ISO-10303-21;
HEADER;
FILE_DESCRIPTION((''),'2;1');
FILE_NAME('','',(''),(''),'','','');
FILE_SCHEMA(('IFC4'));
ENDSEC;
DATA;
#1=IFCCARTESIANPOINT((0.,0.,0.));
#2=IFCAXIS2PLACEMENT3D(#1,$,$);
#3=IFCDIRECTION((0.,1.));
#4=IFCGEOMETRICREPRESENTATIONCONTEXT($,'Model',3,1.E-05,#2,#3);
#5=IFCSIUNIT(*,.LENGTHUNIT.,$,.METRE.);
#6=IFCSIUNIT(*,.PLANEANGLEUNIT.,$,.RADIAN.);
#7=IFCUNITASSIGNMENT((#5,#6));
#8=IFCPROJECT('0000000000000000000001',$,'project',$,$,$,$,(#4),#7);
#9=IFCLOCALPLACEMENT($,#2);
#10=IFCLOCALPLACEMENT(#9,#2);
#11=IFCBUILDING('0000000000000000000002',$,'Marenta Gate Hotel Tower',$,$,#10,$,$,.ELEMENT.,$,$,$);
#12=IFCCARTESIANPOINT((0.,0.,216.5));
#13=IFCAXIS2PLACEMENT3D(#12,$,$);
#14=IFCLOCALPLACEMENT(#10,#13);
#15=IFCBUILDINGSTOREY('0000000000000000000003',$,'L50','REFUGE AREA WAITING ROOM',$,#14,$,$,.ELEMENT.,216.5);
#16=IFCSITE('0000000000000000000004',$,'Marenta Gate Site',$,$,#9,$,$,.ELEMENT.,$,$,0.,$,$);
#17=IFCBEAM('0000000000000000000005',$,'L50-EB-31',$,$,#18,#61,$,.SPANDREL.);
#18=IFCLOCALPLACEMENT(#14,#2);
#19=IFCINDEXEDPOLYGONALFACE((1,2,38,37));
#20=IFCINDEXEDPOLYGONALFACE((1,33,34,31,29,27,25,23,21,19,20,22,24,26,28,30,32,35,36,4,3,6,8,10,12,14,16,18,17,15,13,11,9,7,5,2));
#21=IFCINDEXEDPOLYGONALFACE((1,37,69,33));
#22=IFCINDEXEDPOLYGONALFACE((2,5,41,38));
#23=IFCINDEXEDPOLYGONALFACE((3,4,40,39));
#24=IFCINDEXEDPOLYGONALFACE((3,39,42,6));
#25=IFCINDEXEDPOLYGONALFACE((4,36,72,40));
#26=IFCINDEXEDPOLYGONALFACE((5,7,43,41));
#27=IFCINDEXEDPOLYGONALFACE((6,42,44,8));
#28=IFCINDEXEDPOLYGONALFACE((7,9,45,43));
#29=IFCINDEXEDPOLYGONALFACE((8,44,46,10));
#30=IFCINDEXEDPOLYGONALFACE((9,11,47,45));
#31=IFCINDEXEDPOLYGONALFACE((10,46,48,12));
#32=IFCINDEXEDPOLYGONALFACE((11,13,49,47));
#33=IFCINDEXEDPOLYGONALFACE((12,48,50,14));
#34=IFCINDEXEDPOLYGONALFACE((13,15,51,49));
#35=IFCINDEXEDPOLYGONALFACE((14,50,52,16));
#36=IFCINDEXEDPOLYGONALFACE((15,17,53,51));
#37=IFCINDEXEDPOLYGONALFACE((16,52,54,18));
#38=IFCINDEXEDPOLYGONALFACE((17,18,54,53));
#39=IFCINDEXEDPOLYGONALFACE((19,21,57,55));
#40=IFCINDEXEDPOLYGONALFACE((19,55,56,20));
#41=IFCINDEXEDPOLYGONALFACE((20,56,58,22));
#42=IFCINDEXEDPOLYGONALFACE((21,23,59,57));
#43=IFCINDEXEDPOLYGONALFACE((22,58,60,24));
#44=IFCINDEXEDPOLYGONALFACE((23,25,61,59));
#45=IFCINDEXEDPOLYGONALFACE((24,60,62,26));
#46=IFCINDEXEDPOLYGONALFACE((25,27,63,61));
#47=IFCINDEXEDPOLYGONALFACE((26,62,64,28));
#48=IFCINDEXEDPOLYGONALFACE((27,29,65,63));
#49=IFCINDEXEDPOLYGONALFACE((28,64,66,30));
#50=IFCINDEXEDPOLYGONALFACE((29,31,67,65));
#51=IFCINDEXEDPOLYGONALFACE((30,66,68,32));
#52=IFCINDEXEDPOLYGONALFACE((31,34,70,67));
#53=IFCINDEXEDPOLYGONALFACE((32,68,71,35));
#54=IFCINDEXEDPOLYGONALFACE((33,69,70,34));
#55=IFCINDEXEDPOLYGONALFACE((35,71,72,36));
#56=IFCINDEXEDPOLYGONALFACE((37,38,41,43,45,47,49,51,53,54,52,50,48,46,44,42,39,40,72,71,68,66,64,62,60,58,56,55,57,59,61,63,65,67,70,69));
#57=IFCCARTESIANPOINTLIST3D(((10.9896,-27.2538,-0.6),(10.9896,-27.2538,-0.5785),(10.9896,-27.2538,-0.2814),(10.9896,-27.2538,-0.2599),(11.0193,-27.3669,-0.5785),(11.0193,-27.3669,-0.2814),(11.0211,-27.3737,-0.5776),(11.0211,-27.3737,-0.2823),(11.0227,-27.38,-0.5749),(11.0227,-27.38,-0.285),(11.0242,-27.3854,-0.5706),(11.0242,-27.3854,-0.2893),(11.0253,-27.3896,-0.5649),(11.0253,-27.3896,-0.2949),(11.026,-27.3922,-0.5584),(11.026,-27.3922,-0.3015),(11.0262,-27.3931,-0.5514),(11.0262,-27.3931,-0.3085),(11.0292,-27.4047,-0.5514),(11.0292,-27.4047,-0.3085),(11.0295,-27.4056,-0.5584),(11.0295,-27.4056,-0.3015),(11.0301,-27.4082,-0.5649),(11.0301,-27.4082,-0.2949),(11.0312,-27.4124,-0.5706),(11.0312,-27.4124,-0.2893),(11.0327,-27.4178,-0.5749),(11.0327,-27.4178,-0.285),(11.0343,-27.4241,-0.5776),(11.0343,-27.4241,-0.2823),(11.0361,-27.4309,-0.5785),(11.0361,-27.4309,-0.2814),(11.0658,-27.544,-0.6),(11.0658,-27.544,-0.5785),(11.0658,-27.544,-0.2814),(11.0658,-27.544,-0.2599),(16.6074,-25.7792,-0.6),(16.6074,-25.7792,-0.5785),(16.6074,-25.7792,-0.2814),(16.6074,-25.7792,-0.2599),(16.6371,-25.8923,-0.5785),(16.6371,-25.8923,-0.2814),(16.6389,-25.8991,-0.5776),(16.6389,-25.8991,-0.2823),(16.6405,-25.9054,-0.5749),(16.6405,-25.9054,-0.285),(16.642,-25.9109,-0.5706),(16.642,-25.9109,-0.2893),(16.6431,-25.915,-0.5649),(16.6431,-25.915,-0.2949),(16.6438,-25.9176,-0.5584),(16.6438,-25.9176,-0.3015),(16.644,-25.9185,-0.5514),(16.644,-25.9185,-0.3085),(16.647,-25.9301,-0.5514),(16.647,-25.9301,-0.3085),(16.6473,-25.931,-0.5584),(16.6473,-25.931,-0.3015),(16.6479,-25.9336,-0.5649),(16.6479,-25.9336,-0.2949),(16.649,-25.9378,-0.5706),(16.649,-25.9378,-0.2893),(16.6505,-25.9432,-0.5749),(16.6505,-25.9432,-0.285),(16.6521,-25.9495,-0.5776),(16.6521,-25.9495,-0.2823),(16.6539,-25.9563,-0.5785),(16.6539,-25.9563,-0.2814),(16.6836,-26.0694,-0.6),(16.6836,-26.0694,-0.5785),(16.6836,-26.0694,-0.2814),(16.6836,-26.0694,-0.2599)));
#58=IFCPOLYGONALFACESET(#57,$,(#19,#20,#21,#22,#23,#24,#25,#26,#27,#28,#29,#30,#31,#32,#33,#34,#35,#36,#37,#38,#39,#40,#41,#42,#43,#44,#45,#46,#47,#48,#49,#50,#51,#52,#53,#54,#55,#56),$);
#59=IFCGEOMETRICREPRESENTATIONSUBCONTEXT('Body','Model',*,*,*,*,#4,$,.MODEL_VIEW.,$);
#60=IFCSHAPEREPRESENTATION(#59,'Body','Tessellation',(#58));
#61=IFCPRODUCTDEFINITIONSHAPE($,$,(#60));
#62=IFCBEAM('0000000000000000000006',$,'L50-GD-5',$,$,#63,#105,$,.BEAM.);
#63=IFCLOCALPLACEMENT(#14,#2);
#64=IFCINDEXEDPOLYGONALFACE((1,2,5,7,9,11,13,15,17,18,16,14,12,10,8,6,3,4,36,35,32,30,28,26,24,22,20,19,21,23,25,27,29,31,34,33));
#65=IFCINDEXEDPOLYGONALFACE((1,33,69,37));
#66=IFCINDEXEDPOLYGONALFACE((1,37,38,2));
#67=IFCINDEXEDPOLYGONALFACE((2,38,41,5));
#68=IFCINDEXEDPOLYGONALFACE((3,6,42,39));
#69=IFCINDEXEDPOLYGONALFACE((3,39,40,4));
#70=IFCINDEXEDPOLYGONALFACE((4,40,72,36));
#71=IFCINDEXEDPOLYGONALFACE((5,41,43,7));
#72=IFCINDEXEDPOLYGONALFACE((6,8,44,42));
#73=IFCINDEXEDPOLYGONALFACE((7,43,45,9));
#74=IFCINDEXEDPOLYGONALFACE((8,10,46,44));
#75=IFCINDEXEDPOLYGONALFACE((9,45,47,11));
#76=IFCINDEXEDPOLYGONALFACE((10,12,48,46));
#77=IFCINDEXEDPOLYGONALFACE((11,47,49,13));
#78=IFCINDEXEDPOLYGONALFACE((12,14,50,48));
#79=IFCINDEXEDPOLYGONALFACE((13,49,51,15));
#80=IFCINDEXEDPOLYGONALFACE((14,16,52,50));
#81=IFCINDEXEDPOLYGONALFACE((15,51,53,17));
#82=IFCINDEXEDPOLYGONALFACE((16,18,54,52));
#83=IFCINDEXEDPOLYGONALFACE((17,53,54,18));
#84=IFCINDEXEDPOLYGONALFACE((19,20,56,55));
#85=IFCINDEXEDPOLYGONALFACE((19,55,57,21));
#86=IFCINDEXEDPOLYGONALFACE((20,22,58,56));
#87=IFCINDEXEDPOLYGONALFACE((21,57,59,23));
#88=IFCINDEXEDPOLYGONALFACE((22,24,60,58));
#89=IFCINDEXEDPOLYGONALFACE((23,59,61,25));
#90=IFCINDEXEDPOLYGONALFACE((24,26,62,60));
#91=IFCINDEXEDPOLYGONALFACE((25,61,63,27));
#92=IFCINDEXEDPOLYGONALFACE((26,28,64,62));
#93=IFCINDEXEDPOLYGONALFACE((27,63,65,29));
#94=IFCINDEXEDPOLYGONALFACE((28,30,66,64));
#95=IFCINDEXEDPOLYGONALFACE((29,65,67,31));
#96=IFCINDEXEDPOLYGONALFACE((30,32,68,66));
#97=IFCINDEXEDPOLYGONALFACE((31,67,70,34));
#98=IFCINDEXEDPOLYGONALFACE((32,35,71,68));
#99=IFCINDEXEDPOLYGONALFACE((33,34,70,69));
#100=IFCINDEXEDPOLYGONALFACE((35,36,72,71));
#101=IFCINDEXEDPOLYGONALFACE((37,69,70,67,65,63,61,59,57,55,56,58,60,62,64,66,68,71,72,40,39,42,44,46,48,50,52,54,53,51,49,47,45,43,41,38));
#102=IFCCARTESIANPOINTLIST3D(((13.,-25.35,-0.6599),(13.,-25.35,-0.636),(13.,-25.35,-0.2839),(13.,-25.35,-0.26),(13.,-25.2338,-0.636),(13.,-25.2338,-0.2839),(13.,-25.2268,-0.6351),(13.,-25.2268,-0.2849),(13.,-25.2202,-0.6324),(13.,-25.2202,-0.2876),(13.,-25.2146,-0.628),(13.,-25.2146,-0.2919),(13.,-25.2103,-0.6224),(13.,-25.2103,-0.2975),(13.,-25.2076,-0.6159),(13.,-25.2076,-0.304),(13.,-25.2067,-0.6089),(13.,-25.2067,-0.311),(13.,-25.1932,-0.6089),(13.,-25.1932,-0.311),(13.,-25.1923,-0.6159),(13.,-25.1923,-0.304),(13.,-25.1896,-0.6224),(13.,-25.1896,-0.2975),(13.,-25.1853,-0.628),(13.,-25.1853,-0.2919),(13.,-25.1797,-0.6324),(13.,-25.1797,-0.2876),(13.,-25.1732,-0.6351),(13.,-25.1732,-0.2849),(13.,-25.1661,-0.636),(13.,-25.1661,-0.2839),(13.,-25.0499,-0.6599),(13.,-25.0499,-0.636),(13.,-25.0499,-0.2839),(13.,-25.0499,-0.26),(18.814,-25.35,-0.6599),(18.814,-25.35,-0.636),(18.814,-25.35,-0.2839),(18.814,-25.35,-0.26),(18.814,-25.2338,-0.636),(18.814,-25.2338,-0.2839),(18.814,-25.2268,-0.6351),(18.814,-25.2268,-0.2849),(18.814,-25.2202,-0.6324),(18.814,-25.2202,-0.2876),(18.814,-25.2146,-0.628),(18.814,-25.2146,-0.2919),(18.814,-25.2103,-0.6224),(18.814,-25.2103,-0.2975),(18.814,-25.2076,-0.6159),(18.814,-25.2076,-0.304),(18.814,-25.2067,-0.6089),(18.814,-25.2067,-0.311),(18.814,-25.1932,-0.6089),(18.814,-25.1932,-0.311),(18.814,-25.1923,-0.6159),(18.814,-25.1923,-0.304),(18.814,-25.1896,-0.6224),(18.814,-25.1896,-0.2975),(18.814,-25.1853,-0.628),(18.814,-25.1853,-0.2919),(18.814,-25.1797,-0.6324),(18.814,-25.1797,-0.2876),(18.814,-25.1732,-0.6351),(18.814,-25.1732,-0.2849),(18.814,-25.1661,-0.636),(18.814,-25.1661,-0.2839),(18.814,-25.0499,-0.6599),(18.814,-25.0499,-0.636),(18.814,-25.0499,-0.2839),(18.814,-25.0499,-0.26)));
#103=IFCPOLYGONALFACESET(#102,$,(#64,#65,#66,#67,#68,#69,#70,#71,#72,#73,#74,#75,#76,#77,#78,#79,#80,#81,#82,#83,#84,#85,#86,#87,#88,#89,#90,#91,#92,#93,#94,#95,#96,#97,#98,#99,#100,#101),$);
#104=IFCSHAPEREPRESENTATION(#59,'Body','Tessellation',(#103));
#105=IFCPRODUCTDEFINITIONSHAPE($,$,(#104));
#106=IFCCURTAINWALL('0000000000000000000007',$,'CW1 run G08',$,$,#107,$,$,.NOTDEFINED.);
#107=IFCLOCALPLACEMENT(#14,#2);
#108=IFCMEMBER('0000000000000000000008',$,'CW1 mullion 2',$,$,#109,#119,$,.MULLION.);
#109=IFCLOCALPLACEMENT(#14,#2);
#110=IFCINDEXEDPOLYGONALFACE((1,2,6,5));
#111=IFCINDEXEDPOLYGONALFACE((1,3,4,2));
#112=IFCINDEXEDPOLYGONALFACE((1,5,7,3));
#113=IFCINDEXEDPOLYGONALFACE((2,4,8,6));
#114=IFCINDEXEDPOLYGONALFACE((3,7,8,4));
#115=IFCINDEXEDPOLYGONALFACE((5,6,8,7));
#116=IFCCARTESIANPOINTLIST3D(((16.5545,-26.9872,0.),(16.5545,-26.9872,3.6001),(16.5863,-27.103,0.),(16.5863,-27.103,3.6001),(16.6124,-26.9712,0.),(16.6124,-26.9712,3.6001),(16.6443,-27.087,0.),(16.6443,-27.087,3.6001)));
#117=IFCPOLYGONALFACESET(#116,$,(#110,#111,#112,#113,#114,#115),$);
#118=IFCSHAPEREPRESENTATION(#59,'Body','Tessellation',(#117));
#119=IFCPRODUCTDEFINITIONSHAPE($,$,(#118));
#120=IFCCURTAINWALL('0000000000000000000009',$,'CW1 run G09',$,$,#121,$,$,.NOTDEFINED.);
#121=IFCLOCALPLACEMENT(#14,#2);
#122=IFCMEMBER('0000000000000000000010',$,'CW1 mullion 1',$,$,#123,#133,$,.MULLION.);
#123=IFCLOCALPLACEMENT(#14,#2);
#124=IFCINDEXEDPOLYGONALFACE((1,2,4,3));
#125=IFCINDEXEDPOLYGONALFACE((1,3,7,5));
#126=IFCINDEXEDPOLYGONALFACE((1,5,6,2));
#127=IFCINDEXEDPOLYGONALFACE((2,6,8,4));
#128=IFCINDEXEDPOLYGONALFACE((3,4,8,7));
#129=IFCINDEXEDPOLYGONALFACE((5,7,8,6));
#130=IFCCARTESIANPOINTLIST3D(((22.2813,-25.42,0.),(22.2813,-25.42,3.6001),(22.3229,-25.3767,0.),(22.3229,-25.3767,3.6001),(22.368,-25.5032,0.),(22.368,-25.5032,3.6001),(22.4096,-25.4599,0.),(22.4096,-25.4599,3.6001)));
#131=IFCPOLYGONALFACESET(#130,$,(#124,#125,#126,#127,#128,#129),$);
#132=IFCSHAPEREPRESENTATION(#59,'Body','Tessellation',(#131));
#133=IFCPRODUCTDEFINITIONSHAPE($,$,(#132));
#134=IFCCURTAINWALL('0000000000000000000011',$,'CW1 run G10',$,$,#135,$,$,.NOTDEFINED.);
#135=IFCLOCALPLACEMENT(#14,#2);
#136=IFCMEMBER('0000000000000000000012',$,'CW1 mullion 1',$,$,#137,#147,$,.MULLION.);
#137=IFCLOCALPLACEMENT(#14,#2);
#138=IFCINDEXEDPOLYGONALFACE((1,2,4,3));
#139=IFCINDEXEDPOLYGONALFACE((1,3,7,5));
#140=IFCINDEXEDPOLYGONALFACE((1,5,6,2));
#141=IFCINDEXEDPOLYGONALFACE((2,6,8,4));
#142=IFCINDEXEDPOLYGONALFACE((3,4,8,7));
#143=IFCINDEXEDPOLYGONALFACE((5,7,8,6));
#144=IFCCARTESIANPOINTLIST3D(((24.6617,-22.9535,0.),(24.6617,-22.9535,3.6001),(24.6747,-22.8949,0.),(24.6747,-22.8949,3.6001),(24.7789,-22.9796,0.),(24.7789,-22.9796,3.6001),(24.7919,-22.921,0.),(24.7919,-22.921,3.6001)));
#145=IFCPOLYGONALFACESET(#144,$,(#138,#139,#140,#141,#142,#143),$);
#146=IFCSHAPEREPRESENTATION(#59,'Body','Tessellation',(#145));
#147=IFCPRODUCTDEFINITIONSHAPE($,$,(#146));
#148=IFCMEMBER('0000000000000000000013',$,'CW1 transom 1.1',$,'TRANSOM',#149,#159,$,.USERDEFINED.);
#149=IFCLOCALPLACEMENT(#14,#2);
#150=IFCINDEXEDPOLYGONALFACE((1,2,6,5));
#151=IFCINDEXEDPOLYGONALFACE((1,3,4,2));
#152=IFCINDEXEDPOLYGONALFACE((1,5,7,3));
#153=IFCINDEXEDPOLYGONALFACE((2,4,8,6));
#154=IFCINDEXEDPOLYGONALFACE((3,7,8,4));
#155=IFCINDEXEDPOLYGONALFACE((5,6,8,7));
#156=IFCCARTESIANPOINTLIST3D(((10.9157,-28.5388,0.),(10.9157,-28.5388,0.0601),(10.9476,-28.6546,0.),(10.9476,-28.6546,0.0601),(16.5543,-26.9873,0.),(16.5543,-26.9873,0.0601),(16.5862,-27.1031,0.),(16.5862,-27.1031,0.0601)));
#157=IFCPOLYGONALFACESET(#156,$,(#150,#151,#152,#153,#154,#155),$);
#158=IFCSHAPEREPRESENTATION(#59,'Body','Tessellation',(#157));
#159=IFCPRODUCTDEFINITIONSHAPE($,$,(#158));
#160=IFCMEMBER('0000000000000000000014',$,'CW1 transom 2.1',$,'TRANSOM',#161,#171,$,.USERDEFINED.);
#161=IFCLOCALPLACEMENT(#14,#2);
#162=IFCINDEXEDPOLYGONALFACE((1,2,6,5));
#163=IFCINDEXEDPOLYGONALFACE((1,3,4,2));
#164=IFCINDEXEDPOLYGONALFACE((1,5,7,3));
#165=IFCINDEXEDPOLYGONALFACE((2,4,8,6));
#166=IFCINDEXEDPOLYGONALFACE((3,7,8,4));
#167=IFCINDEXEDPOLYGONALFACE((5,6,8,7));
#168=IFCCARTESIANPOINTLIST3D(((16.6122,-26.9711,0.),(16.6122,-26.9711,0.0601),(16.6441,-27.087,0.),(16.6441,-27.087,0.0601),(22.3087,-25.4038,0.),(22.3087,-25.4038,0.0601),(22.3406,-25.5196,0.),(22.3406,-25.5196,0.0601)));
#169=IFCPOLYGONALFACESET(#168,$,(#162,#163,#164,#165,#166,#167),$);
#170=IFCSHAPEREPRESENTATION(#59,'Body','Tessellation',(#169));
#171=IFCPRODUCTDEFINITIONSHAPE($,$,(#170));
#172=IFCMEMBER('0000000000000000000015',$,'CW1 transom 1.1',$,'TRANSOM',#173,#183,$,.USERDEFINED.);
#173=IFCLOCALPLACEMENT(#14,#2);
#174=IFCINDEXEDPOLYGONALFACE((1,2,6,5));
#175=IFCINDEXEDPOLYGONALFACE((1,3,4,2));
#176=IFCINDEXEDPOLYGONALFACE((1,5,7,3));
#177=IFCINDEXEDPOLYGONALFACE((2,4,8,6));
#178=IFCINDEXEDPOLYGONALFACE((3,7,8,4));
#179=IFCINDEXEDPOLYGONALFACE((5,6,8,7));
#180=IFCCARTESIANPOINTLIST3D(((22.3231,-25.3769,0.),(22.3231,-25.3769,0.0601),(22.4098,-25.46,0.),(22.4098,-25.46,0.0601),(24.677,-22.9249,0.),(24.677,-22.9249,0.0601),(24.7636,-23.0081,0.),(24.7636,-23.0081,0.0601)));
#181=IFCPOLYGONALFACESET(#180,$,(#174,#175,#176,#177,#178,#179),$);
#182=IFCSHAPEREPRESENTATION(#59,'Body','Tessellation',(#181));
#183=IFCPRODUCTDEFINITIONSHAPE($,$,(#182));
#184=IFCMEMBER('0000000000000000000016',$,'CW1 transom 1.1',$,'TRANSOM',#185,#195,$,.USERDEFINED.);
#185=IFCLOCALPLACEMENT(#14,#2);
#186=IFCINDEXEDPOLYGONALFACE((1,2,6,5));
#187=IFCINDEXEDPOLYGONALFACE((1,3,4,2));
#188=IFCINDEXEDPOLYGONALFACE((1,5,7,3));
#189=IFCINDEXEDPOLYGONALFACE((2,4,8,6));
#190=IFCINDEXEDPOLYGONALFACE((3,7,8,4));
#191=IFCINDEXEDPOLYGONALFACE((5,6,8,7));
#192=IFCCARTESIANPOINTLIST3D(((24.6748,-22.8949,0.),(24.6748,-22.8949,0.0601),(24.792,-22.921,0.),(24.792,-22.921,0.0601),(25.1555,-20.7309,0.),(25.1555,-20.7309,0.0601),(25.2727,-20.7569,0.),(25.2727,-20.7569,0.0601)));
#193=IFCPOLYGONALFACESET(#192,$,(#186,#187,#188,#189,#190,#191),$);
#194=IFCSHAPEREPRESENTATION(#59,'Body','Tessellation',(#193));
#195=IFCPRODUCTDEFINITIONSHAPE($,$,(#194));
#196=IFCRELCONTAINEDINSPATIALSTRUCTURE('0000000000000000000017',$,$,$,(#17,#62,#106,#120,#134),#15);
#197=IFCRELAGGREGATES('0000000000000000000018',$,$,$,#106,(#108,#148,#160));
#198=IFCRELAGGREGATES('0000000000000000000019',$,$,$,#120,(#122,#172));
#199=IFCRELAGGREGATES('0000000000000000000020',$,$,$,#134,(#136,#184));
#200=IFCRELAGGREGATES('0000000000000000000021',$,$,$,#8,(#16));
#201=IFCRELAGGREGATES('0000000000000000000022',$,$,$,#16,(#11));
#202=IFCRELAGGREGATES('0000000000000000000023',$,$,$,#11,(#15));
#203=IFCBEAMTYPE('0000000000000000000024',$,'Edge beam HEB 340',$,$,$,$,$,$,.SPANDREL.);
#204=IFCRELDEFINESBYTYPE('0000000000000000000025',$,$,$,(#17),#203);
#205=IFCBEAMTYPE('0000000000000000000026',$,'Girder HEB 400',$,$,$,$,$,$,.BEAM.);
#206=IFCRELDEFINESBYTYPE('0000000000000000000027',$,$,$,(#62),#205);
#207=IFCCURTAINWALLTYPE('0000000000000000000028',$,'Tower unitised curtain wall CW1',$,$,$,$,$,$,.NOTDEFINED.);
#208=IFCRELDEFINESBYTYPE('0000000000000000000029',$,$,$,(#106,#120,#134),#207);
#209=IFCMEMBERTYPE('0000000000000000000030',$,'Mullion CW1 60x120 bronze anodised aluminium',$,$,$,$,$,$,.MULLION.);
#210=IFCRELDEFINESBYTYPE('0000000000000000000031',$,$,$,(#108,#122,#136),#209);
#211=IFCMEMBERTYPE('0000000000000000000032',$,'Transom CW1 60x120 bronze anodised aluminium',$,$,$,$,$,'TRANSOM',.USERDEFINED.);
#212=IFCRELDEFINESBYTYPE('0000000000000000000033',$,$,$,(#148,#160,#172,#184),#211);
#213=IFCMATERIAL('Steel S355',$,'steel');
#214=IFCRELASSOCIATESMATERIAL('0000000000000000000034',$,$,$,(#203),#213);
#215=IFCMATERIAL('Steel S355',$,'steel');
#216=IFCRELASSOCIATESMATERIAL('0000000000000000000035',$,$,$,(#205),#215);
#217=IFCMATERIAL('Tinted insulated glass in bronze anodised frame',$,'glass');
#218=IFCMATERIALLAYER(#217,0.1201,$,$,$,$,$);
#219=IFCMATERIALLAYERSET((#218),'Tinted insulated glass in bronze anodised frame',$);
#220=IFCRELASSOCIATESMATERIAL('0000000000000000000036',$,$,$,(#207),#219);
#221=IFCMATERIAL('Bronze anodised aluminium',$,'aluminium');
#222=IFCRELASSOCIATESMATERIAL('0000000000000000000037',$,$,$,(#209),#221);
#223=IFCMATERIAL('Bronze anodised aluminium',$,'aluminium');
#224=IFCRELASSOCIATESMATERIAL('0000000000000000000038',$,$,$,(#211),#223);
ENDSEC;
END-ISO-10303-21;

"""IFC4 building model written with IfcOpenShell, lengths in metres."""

from ifc_helpers import new_model, si_unit, direction, frame, origin, origin_2d, place, context, subcontext, project, spatial, rectangle, i_section, extrude, material, layer, layer_set, material_profile, profile_set, type_object, element, aggregate, save


model = new_model("IFC4")

# Units and contexts
model_context = context("Model", 3, precision=1e-05, world=origin(), true_north=direction((0.0, 1.0)))
body_context = subcontext(model_context, "Body", "Model", "MODEL_VIEW")
ifc_project = project(units=[si_unit("LENGTHUNIT", "METRE"), si_unit("PLANEANGLEUNIT", "RADIAN")], contexts=[model_context])

# Site, building, storey
site_placement = place(None, origin())
site = spatial("IfcSite", under=ifc_project, at=site_placement, Name="Marenta Gate Site", CompositionType="ELEMENT", RefElevation=0.0)
building_placement = place(site_placement, origin())
building = spatial("IfcBuilding", under=site, at=building_placement, Name="Marenta Gate Hotel Tower", CompositionType="ELEMENT")
storey_placement = place(building_placement, frame((0.0, 0.0, 216.5)))
storey = spatial("IfcBuildingStorey", under=building, at=storey_placement, Name="L50", Description="REFUGE AREA WAITING ROOM", CompositionType="ELEMENT", Elevation=216.5)

# Beams
ifc_material_1 = material(Name="Steel S355", Category="steel")
ifc_material_profile_1 = material_profile(ifc_material_1, i_section(OverallWidth=0.3, OverallDepth=0.3401, WebThickness=0.012, FlangeThickness=0.0215, FilletRadius=0.0271, at=origin_2d()), Name="HEB 340")
ifc_profile_set_1 = profile_set([ifc_material_profile_1], Name="Steel S355")
beam_type_1 = type_object("IfcBeamType", Name="Edge beam HEB 340", PredefinedType="SPANDREL", material=ifc_profile_set_1)
beam_1_placement = place(storey_placement, frame((16.6455, -25.9243, -0.4299), z_axis=(-0.967235, -0.253883, 0.0), x_axis=(0.253883, -0.967235, 0.0)))
element("IfcBeam", 1, at=beam_1_placement, inside=storey, type_object=beam_type_1, Name="L50-EB-31", PredefinedType="SPANDREL", context=body_context, shape_type="SweptSolid", body=[
    extrude(i_section(OverallWidth=0.3, OverallDepth=0.3401, WebThickness=0.012, FlangeThickness=0.0215, FilletRadius=0.0271, at=origin_2d()), origin(), (0.0, 0.0, 1.0), 5.8081),
])
ifc_material_2 = material(Name="Steel S355", Category="steel")
ifc_material_profile_2 = material_profile(ifc_material_2, i_section(OverallWidth=0.3, OverallDepth=0.3999, WebThickness=0.0134, FlangeThickness=0.0239, FilletRadius=0.0271, at=origin_2d()), Name="HEB 400")
ifc_profile_set_2 = profile_set([ifc_material_profile_2], Name="Steel S355")
beam_type_2 = type_object("IfcBeamType", Name="Girder HEB 400", PredefinedType="BEAM", material=ifc_profile_set_2)
beam_2_placement = place(storey_placement, frame((13.0, -25.2, -0.46), z_axis=(1.0, 0.0, 0.0), x_axis=(0.0, 1.0, 0.0)))
element("IfcBeam", 2, at=beam_2_placement, inside=storey, type_object=beam_type_2, Name="L50-GD-5", PredefinedType="BEAM", context=body_context, shape_type="SweptSolid", body=[
    extrude(i_section(OverallWidth=0.3, OverallDepth=0.3999, WebThickness=0.0134, FlangeThickness=0.0239, FilletRadius=0.0271, at=origin_2d()), origin(), (0.0, 0.0, 1.0), 5.814),
])

# Curtain walls, members
ifc_material_3 = material(Name="Tinted insulated glass in bronze anodised frame", Category="glass")
ifc_layer_1 = layer(ifc_material_3, 0.1201)
ifc_layer_set_1 = layer_set([ifc_layer_1], Name="Tinted insulated glass in bronze anodised frame")
curtain_wall_type = type_object("IfcCurtainWallType", Name="Tower unitised curtain wall CW1", PredefinedType="NOTDEFINED", material=ifc_layer_set_1)
curtain_wall_1_placement = place(storey_placement, origin())
curtain_wall_1 = element("IfcCurtainWall", 3, at=curtain_wall_1_placement, inside=storey, type_object=curtain_wall_type, Name="CW1 run G08", PredefinedType="NOTDEFINED")
ifc_material_4 = material(Name="Bronze anodised aluminium", Category="aluminium")
ifc_material_profile_3 = material_profile(ifc_material_4, rectangle(XDim=0.1201, YDim=0.0601, at=origin_2d()), Name="Mullion CW1 60x120 bronze anodised aluminium")
ifc_profile_set_3 = profile_set([ifc_material_profile_3], Name="Bronze anodised aluminium")
member_type_1 = type_object("IfcMemberType", Name="Mullion CW1 60x120 bronze anodised aluminium", PredefinedType="MULLION", material=ifc_profile_set_3)
member_1_placement = place(storey_placement, frame((16.5994, -27.0371, 0.0), z_axis=(0.0, 0.0, 1.0), x_axis=(-0.265293, 0.964168, 0.0)))
member_1 = element("IfcMember", 4, at=member_1_placement, type_object=member_type_1, Name="CW1 mullion 2", PredefinedType="MULLION", context=body_context, shape_type="SweptSolid", body=[
    extrude(rectangle(XDim=0.1201, YDim=0.0601, at=origin_2d()), origin(), (0.0, 0.0, 1.0), 3.6001),
])
curtain_wall_2_placement = place(storey_placement, origin())
curtain_wall_2 = element("IfcCurtainWall", 5, at=curtain_wall_2_placement, inside=storey, type_object=curtain_wall_type, Name="CW1 run G09", PredefinedType="NOTDEFINED")
member_2_placement = place(storey_placement, frame((22.3455, -25.4399, 0.0), z_axis=(0.0, 0.0, 1.0), x_axis=(-0.721372, 0.692548, 0.0)))
member_2 = element("IfcMember", 6, at=member_2_placement, type_object=member_type_1, Name="CW1 mullion 1", PredefinedType="MULLION", context=body_context, shape_type="SweptSolid", body=[
    extrude(rectangle(XDim=0.1201, YDim=0.0601, at=origin_2d()), origin(), (0.0, 0.0, 1.0), 3.6001),
])
curtain_wall_3_placement = place(storey_placement, origin())
curtain_wall_3 = element("IfcCurtainWall", 7, at=curtain_wall_3_placement, inside=storey, type_object=curtain_wall_type, Name="CW1 run G10", PredefinedType="NOTDEFINED")
member_3_placement = place(storey_placement, frame((24.7268, -22.9373, 0.0), z_axis=(0.0, 0.0, 1.0), x_axis=(-0.976207, 0.216842, 0.0)))
member_3 = element("IfcMember", 8, at=member_3_placement, type_object=member_type_1, Name="CW1 mullion 1", PredefinedType="MULLION", context=body_context, shape_type="SweptSolid", body=[
    extrude(rectangle(XDim=0.1201, YDim=0.0601, at=origin_2d()), origin(), (0.0, 0.0, 1.0), 3.6001),
])

# Members
ifc_material_5 = material(Name="Bronze anodised aluminium", Category="aluminium")
ifc_material_profile_4 = material_profile(ifc_material_5, rectangle(XDim=0.1201, YDim=0.0601, at=origin_2d()), Name="Transom CW1 60x120 bronze anodised aluminium")
ifc_profile_set_4 = profile_set([ifc_material_profile_4], Name="Bronze anodised aluminium")
member_type_2 = type_object("IfcMemberType", Name="Transom CW1 60x120 bronze anodised aluminium", ElementType="TRANSOM", PredefinedType="USERDEFINED", material=ifc_profile_set_4)
member_4_placement = place(storey_placement, frame((10.9316, -28.5967, 0.03), z_axis=(0.964167, 0.265296, 0.0), x_axis=(-0.265296, 0.964167, 0.0)))
member_4 = element("IfcMember", 9, at=member_4_placement, type_object=member_type_2, Name="CW1 transom 1.1", ObjectType="TRANSOM", PredefinedType="USERDEFINED", context=body_context, shape_type="SweptSolid", body=[
    extrude(rectangle(XDim=0.1201, YDim=0.0601, at=origin_2d()), origin(), (0.0, 0.0, 1.0), 5.8481),
])
member_5_placement = place(storey_placement, frame((16.6282, -27.0291, 0.03), z_axis=(0.964169, 0.265288, 0.0), x_axis=(-0.265288, 0.964169, 0.0)))
member_5 = element("IfcMember", 10, at=member_5_placement, type_object=member_type_2, Name="CW1 transom 2.1", ObjectType="TRANSOM", PredefinedType="USERDEFINED", context=body_context, shape_type="SweptSolid", body=[
    extrude(rectangle(XDim=0.1201, YDim=0.0601, at=origin_2d()), origin(), (0.0, 0.0, 1.0), 5.9082),
])
member_6_placement = place(storey_placement, frame((22.3665, -25.4185, 0.03), z_axis=(0.692521, 0.721397, 0.0), x_axis=(-0.721397, 0.692521, 0.0)))
member_6 = element("IfcMember", 11, at=member_6_placement, type_object=member_type_2, Name="CW1 transom 1.1", ObjectType="TRANSOM", PredefinedType="USERDEFINED", context=body_context, shape_type="SweptSolid", body=[
    extrude(rectangle(XDim=0.1201, YDim=0.0601, at=origin_2d()), origin(), (0.0, 0.0, 1.0), 3.3989),
])
member_7_placement = place(storey_placement, frame((24.7334, -22.908, 0.03), z_axis=(0.216849, 0.976205, 0.0), x_axis=(-0.976205, 0.216849, 0.0)))
member_7 = element("IfcMember", 12, at=member_7_placement, type_object=member_type_2, Name="CW1 transom 1.1", ObjectType="TRANSOM", PredefinedType="USERDEFINED", context=body_context, shape_type="SweptSolid", body=[
    extrude(rectangle(XDim=0.1201, YDim=0.0601, at=origin_2d()), origin(), (0.0, 0.0, 1.0), 2.2168),
])

aggregate(curtain_wall_1, [member_1, member_4, member_5])
aggregate(curtain_wall_2, [member_2, member_6])
aggregate(curtain_wall_3, [member_3, member_7])

save(model, "model.ifc")
